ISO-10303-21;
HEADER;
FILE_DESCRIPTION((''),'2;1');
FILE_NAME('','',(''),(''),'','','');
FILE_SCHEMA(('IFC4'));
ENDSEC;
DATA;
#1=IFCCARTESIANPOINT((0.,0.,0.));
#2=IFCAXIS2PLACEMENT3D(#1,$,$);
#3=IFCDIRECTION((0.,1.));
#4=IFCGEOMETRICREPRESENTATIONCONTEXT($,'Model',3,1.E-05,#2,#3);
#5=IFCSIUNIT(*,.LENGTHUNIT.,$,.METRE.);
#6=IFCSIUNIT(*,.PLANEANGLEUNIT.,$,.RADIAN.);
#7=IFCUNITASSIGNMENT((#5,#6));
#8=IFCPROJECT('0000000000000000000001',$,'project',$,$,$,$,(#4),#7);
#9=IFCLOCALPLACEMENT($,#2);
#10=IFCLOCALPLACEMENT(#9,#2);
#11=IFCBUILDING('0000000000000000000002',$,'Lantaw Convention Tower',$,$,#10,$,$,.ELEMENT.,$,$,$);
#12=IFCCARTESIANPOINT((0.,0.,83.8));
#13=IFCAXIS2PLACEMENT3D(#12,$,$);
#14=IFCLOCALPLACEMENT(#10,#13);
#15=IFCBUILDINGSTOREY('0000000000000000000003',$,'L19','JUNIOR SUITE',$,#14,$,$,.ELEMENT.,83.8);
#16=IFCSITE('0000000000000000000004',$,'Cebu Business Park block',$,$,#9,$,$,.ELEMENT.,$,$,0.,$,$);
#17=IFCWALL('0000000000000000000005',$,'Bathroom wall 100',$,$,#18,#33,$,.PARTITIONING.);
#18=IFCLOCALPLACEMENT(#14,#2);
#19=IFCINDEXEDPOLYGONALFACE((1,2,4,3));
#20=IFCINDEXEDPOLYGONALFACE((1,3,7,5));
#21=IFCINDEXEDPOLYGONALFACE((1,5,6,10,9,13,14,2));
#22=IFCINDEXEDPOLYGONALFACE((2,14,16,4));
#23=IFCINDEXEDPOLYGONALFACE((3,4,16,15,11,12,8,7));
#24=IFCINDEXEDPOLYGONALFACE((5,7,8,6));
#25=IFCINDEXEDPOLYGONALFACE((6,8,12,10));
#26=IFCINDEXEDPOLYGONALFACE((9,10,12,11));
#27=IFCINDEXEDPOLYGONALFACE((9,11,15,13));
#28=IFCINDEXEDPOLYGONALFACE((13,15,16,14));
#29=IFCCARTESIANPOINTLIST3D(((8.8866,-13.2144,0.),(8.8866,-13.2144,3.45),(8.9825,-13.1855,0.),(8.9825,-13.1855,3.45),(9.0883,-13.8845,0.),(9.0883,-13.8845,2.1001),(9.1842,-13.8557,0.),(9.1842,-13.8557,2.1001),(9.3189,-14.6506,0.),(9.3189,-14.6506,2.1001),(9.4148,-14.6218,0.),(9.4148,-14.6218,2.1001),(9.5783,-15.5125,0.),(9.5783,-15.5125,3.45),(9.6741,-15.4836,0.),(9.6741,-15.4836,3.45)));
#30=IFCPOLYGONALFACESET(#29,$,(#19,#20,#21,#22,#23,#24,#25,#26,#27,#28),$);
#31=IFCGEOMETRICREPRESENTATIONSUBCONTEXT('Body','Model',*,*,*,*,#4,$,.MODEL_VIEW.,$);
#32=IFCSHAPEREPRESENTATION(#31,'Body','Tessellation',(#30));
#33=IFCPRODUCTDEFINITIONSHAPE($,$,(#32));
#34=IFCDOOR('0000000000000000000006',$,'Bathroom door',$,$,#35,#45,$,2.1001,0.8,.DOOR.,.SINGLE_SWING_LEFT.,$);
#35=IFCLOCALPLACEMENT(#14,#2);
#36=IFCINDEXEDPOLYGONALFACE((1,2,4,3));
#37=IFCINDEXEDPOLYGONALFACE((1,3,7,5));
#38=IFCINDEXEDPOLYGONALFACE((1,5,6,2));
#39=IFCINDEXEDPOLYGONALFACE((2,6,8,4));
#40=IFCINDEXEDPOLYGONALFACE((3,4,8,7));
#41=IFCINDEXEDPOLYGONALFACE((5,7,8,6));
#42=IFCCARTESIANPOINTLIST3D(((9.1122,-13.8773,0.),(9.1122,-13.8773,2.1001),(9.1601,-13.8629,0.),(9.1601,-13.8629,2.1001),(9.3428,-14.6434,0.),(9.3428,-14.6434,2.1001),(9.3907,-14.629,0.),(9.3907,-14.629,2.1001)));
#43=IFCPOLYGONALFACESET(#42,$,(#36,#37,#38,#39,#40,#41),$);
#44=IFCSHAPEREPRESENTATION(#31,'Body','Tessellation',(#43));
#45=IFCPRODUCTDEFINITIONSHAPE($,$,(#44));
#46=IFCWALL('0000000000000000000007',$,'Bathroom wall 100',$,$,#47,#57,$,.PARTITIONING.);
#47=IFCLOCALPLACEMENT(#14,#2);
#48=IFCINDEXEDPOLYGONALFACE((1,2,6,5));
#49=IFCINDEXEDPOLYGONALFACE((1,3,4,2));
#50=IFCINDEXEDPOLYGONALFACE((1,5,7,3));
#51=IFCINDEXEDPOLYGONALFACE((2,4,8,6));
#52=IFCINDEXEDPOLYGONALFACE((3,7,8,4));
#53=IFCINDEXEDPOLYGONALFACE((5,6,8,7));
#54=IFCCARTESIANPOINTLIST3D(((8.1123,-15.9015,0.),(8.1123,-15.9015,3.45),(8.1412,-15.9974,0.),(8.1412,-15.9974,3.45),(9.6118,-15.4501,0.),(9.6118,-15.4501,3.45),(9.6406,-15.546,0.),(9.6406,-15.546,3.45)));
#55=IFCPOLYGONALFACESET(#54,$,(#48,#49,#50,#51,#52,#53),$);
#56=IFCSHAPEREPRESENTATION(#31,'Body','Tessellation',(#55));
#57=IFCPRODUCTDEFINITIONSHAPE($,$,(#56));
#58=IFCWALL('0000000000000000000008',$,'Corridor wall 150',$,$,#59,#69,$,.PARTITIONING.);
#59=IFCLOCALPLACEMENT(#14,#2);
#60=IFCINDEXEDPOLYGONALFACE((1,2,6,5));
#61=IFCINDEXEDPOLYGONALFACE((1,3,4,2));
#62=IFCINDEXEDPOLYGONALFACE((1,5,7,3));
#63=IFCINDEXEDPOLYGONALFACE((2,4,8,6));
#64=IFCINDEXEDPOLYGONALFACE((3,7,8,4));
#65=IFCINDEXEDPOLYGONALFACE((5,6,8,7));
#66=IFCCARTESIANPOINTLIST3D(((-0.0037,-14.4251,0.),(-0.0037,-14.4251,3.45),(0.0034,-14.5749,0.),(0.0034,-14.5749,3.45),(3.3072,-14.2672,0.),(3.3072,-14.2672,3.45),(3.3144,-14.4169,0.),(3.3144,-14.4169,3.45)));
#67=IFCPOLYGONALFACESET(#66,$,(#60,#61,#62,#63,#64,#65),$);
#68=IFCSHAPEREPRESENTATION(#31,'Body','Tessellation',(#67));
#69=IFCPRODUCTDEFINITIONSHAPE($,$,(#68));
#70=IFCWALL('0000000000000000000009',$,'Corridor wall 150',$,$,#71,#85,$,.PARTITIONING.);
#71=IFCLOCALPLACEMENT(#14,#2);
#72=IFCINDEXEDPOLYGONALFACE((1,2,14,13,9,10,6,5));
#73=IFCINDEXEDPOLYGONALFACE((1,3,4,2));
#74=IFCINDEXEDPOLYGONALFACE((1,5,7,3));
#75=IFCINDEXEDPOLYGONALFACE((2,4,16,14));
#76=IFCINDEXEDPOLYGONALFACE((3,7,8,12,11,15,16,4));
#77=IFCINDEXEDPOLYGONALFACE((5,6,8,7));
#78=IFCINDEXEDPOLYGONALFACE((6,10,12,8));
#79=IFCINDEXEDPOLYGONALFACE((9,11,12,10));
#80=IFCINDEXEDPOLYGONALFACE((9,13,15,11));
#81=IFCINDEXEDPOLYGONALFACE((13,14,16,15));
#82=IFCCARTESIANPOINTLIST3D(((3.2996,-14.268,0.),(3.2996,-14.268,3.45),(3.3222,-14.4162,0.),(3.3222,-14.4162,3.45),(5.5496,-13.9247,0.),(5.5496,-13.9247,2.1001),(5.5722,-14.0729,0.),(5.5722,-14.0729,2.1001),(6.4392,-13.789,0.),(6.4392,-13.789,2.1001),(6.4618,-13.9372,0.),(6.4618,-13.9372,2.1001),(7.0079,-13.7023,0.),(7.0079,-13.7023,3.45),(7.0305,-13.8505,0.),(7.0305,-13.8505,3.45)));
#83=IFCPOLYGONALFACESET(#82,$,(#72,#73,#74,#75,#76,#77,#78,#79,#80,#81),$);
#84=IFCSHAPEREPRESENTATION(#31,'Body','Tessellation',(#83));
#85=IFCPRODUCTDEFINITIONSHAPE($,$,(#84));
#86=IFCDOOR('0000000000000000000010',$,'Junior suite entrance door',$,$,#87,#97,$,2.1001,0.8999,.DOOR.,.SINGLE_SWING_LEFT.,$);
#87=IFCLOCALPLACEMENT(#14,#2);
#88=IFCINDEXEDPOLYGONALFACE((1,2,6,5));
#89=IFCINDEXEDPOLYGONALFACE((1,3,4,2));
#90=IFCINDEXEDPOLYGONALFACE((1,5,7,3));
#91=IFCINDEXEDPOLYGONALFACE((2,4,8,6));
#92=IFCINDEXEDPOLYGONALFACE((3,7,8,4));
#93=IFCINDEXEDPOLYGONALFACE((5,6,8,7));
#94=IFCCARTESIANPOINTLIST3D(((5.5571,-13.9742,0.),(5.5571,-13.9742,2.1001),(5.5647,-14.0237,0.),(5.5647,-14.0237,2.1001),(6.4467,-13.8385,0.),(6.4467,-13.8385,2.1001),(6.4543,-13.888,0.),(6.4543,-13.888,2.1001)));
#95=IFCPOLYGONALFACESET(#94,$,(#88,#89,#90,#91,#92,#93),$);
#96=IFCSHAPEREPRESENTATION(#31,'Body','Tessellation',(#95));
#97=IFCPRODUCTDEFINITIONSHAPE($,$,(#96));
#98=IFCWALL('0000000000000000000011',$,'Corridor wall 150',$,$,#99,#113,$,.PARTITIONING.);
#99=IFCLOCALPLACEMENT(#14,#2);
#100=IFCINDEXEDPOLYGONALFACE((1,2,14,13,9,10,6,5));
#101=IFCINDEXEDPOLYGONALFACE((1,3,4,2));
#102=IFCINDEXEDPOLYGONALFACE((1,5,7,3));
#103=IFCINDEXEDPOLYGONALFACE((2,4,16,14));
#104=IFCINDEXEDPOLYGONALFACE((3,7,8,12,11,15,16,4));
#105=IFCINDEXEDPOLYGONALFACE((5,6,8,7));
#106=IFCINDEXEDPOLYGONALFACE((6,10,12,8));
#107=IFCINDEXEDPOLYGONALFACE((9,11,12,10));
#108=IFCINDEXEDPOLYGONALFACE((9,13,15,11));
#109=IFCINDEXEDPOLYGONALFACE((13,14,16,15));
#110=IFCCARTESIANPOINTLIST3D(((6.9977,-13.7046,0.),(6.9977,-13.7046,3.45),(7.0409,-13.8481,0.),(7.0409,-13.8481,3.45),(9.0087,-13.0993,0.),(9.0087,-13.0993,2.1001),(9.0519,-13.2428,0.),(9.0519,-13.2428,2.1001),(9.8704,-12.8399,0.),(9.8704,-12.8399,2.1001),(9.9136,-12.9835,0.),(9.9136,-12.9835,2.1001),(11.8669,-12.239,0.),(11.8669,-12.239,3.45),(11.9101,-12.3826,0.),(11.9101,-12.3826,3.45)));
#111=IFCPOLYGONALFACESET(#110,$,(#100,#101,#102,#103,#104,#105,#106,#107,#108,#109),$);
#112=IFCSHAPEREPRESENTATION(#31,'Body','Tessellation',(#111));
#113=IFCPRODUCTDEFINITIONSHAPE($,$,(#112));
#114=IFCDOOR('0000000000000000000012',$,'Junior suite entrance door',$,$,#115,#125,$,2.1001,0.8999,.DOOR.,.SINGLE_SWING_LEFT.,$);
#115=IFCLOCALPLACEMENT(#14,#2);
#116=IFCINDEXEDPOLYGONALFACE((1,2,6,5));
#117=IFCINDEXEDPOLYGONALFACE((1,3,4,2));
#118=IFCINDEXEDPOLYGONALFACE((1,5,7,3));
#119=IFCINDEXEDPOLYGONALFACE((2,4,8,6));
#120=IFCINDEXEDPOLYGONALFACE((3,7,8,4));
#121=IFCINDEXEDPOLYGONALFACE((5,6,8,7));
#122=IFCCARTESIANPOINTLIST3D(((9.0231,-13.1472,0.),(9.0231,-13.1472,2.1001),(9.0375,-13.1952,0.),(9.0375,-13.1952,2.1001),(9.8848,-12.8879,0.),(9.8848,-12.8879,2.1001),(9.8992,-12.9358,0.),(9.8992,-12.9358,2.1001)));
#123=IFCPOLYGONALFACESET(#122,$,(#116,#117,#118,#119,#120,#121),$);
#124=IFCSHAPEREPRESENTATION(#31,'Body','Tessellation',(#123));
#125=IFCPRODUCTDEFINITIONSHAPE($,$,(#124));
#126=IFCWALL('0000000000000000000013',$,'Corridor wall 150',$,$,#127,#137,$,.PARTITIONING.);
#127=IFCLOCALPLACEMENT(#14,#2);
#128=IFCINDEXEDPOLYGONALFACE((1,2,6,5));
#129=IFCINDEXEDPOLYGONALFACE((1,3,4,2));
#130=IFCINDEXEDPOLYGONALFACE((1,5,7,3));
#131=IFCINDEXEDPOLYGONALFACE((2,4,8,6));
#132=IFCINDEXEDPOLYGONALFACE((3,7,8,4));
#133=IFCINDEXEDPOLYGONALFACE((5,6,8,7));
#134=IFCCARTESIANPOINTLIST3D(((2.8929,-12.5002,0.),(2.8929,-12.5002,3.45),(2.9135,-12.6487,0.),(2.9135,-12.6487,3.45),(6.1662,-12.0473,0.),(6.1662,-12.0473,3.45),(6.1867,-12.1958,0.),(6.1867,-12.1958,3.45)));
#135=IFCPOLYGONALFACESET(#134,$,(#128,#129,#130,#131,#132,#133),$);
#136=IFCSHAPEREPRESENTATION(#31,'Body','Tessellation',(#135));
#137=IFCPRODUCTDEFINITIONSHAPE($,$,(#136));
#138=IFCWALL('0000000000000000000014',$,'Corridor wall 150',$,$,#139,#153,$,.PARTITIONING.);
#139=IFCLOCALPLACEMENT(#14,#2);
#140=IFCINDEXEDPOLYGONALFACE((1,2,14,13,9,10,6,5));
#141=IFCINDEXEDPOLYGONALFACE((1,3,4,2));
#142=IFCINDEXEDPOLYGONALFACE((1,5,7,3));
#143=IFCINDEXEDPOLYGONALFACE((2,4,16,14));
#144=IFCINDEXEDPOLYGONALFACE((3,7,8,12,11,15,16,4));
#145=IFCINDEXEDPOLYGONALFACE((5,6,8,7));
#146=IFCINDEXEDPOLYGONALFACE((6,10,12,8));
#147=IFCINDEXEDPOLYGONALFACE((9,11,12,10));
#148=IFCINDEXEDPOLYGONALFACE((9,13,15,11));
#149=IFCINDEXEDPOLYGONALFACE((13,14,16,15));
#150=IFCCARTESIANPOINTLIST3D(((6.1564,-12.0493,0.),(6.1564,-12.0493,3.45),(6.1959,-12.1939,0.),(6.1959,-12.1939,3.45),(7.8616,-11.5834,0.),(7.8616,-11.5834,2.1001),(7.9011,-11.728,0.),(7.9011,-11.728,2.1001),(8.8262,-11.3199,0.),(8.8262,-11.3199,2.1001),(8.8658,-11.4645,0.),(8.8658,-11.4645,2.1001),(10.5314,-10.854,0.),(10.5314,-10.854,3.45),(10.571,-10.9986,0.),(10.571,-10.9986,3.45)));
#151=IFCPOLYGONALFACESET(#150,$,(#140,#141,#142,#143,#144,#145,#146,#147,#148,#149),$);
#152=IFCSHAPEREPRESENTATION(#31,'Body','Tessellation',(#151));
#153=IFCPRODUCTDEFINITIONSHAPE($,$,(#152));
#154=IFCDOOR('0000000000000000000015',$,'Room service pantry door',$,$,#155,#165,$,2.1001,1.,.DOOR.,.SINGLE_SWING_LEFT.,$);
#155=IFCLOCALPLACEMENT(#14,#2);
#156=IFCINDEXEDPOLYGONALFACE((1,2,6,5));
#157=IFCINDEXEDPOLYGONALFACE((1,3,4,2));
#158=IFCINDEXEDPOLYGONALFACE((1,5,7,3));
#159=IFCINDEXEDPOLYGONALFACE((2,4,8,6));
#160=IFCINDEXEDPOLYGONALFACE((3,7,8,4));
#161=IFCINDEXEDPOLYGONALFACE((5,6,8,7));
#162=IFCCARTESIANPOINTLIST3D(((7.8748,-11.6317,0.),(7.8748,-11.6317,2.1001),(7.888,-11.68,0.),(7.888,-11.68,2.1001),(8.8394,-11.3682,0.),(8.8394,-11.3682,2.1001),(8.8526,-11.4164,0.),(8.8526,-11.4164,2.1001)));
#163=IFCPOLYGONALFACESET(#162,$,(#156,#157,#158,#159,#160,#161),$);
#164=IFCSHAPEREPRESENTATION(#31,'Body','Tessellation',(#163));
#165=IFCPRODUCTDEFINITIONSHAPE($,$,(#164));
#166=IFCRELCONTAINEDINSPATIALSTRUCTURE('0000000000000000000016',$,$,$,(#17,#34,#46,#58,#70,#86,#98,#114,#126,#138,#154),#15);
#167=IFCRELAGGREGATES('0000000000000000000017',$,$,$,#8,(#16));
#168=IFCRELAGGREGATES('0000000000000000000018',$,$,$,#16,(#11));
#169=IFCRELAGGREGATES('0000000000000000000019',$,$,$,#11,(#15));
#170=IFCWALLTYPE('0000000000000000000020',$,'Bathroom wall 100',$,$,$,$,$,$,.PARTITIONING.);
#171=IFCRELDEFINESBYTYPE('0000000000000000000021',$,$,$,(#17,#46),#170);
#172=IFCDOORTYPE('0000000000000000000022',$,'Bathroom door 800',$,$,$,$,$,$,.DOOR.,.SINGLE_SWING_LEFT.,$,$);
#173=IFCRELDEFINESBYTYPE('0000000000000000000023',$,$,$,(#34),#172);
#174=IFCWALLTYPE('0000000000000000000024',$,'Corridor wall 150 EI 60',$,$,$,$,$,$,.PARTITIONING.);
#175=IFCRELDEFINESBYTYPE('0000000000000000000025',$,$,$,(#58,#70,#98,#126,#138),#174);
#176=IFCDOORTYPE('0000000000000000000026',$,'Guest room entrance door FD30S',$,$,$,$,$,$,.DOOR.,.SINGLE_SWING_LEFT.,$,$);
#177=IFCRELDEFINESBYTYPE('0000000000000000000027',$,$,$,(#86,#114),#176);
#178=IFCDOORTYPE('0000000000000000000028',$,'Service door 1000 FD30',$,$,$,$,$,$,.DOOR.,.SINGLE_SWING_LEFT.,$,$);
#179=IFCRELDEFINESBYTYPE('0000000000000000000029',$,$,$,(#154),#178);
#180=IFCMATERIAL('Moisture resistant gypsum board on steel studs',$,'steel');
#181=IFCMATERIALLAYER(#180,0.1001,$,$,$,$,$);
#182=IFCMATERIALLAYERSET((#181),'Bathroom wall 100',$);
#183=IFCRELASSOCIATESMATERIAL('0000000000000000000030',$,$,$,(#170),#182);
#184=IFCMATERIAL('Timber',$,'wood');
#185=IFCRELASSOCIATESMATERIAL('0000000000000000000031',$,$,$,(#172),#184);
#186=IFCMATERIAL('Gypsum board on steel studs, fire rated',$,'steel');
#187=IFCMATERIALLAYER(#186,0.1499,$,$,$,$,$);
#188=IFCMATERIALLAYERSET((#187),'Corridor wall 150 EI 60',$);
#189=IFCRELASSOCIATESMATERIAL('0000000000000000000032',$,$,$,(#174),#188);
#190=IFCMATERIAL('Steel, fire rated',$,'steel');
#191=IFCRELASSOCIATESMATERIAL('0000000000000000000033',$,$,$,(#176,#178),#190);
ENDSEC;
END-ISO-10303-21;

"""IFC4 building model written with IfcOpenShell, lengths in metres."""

from ifc_helpers import new_model, si_unit, direction, frame, frame_2d, origin, place, context, subcontext, project, spatial, rectangle, extrude, material, layer, layer_set, type_object, element, fill, save


model = new_model("IFC4")

# Units and contexts
model_context = context("Model", 3, precision=1e-05, world=origin(), true_north=direction((0.0, 1.0)))
body_context = subcontext(model_context, "Body", "Model", "MODEL_VIEW")
ifc_project = project(units=[si_unit("LENGTHUNIT", "METRE"), si_unit("PLANEANGLEUNIT", "RADIAN")], contexts=[model_context])

# Site, building, storey
site_placement = place(None, origin())
site = spatial("IfcSite", under=ifc_project, at=site_placement, Name="Cebu Business Park block", CompositionType="ELEMENT", RefElevation=0.0)
building_placement = place(site_placement, origin())
building = spatial("IfcBuilding", under=site, at=building_placement, Name="Lantaw Convention Tower", CompositionType="ELEMENT")
storey_placement = place(building_placement, frame((0.0, 0.0, 83.8)))
storey = spatial("IfcBuildingStorey", under=building, at=storey_placement, Name="L19", Description="JUNIOR SUITE", CompositionType="ELEMENT", Elevation=83.8)

# Shared definitions
ifc_material_1 = material(Name="Moisture resistant gypsum board on steel studs", Category="steel")
ifc_layer_1 = layer(ifc_material_1, 0.1001)
ifc_layer_set_1 = layer_set([ifc_layer_1], Name="Bathroom wall 100")
wall_type_1 = type_object("IfcWallType", Name="Bathroom wall 100", PredefinedType="PARTITIONING", material=ifc_layer_set_1)
ifc_material_2 = material(Name="Timber", Category="wood")
door_type_1 = type_object("IfcDoorType", Name="Bathroom door 800", OperationType="SINGLE_SWING_LEFT", PredefinedType="DOOR", material=ifc_material_2)

# Wall, opening, door
wall_1_placement = place(storey_placement, frame((8.9346, -13.2, 0.0), z_axis=(0.0, 0.0, 1.0), x_axis=(0.288197, -0.957571, 0.0)))
wall_1 = element("IfcWall", 1, at=wall_1_placement, inside=storey, type_object=wall_type_1, Name="Bathroom wall 100", PredefinedType="PARTITIONING", context=body_context, shape_type="SweptSolid", body=[
    extrude(rectangle(XDim=2.3999, YDim=0.1001, at=frame_2d((1.2, 0.0))), origin(), (0.0, 0.0, 1.0), 3.45),
])
opening_1_placement = place(wall_1_placement, frame((0.7, 0.0, 0.0)))
opening_1 = element("IfcOpeningElement", 2, at=opening_1_placement, cuts=wall_1, PredefinedType="OPENING", context=body_context, shape_type="SweptSolid", body=[
    extrude(rectangle(XDim=0.8, YDim=2.1001, at=frame_2d((0.3999, 1.05))), frame((0.0, 0.0601, 0.0), z_axis=(0.0, -1.0, 0.0), x_axis=(1.0, 0.0, 0.0)), (0.0, 0.0, 1.0), 0.1201),
])
door_1_placement = place(opening_1_placement, origin())
door_1 = element("IfcDoor", 3, at=door_1_placement, inside=storey, type_object=door_type_1, Name="Bathroom door", OperationType="SINGLE_SWING_LEFT", OverallHeight=2.1001, OverallWidth=0.8, PredefinedType="DOOR", context=body_context, shape_type="SweptSolid", body=[
    extrude(rectangle(XDim=0.8, YDim=2.1001, at=frame_2d((0.3999, 1.05))), frame((0.0, 0.0249, 0.0), z_axis=(0.0, -1.0, 0.0), x_axis=(1.0, 0.0, 0.0)), (0.0, 0.0, 1.0), 0.05),
])
fill(opening_1, door_1)

# Walls
wall_2_placement = place(storey_placement, frame((9.6262, -15.498, 0.0), z_axis=(0.0, 0.0, 1.0), x_axis=(-0.957551, -0.288263, 0.0)))
element("IfcWall", 4, at=wall_2_placement, inside=storey, type_object=wall_type_1, Name="Bathroom wall 100", PredefinedType="PARTITIONING", context=body_context, shape_type="SweptSolid", body=[
    extrude(rectangle(XDim=1.5659, YDim=0.1001, at=frame_2d((0.783, 0.0))), origin(), (0.0, 0.0, 1.0), 3.45),
])
ifc_material_3 = material(Name="Gypsum board on steel studs, fire rated", Category="steel")
ifc_layer_2 = layer(ifc_material_3, 0.1499)
ifc_layer_set_2 = layer_set([ifc_layer_2], Name="Corridor wall 150 EI 60")
wall_type_2 = type_object("IfcWallType", Name="Corridor wall 150 EI 60", PredefinedType="PARTITIONING", material=ifc_layer_set_2)
wall_3_placement = place(storey_placement, frame((0.0, -14.5, 0.0), z_axis=(0.0, 0.0, 1.0), x_axis=(0.998864, 0.047653, 0.0)))
element("IfcWall", 5, at=wall_3_placement, inside=storey, type_object=wall_type_2, Name="Corridor wall 150", PredefinedType="PARTITIONING", context=body_context, shape_type="SweptSolid", body=[
    extrude(rectangle(XDim=3.3147, YDim=0.1499, at=frame_2d((1.6572, 0.0))), origin(), (0.0, 0.0, 1.0), 3.45),
])

# Walls, openings, doors
wall_4_placement = place(storey_placement, frame((3.311, -14.342, 0.0), z_axis=(0.0, 0.0, 1.0), x_axis=(0.988564, 0.1508, 0.0)))
wall_4 = element("IfcWall", 6, at=wall_4_placement, inside=storey, type_object=wall_type_2, Name="Corridor wall 150", PredefinedType="PARTITIONING", context=body_context, shape_type="SweptSolid", body=[
    extrude(rectangle(XDim=3.7512, YDim=0.1499, at=frame_2d((1.8755, 0.0))), origin(), (0.0, 0.0, 1.0), 3.45),
])
opening_2_placement = place(wall_4_placement, frame((2.2759, 0.0, 0.0)))
opening_2 = element("IfcOpeningElement", 7, at=opening_2_placement, cuts=wall_4, PredefinedType="OPENING", context=body_context, shape_type="SweptSolid", body=[
    extrude(rectangle(XDim=0.8999, YDim=2.1001, at=frame_2d((0.45, 1.05))), frame((0.0, 0.085, 0.0), z_axis=(0.0, -1.0, 0.0), x_axis=(1.0, 0.0, 0.0)), (0.0, 0.0, 1.0), 0.1699),
])
ifc_material_4 = material(Name="Steel, fire rated", Category="steel")
door_type_2 = type_object("IfcDoorType", Name="Guest room entrance door FD30S", OperationType="SINGLE_SWING_LEFT", PredefinedType="DOOR", material=ifc_material_4)
door_2_placement = place(opening_2_placement, origin())
door_2 = element("IfcDoor", 8, at=door_2_placement, inside=storey, type_object=door_type_2, Name="Junior suite entrance door", OperationType="SINGLE_SWING_LEFT", OverallHeight=2.1001, OverallWidth=0.8999, PredefinedType="DOOR", context=body_context, shape_type="SweptSolid", body=[
    extrude(rectangle(XDim=0.8999, YDim=2.1001, at=frame_2d((0.45, 1.05))), frame((0.0, 0.0249, 0.0), z_axis=(0.0, -1.0, 0.0), x_axis=(1.0, 0.0, 0.0)), (0.0, 0.0, 1.0), 0.05),
])
fill(opening_2, door_2)
wall_5_placement = place(storey_placement, frame((7.0193, -13.7764, 0.0), z_axis=(0.0, 0.0, 1.0), x_axis=(0.957564, 0.28822, 0.0)))
wall_5 = element("IfcWall", 9, at=wall_5_placement, inside=storey, type_object=wall_type_2, Name="Corridor wall 150", PredefinedType="PARTITIONING", context=body_context, shape_type="SweptSolid", body=[
    extrude(rectangle(XDim=5.085, YDim=0.1499, at=frame_2d((2.5425, 0.0))), origin(), (0.0, 0.0, 1.0), 3.45),
])
opening_3_placement = place(wall_5_placement, frame((2.1001, 0.0, 0.0)))
opening_3 = element("IfcOpeningElement", 10, at=opening_3_placement, cuts=wall_5, PredefinedType="OPENING", context=body_context, shape_type="SweptSolid", body=[
    extrude(rectangle(XDim=0.8999, YDim=2.1001, at=frame_2d((0.45, 1.05))), frame((0.0, 0.085, 0.0), z_axis=(0.0, -1.0, 0.0), x_axis=(1.0, 0.0, 0.0)), (0.0, 0.0, 1.0), 0.1699),
])
door_3_placement = place(opening_3_placement, origin())
door_3 = element("IfcDoor", 11, at=door_3_placement, inside=storey, type_object=door_type_2, Name="Junior suite entrance door", OperationType="SINGLE_SWING_LEFT", OverallHeight=2.1001, OverallWidth=0.8999, PredefinedType="DOOR", context=body_context, shape_type="SweptSolid", body=[
    extrude(rectangle(XDim=0.8999, YDim=2.1001, at=frame_2d((0.45, 1.05))), frame((0.0, 0.0249, 0.0), z_axis=(0.0, -1.0, 0.0), x_axis=(1.0, 0.0, 0.0)), (0.0, 0.0, 1.0), 0.05),
])
fill(opening_3, door_3)

# Wall
wall_6_placement = place(storey_placement, frame((2.9031, -12.5745, 0.0), z_axis=(0.0, 0.0, 1.0), x_axis=(0.990563, 0.137055, 0.0)))
element("IfcWall", 12, at=wall_6_placement, inside=storey, type_object=wall_type_2, Name="Corridor wall 150", PredefinedType="PARTITIONING", context=body_context, shape_type="SweptSolid", body=[
    extrude(rectangle(XDim=3.3044, YDim=0.1499, at=frame_2d((1.6523, 0.0))), origin(), (0.0, 0.0, 1.0), 3.45),
])

# Wall, opening, door
wall_7_placement = place(storey_placement, frame((6.1763, -12.1216, 0.0), z_axis=(0.0, 0.0, 1.0), x_axis=(0.964644, 0.263555, 0.0)))
wall_7 = element("IfcWall", 13, at=wall_7_placement, inside=storey, type_object=wall_type_2, Name="Corridor wall 150", PredefinedType="PARTITIONING", context=body_context, shape_type="SweptSolid", body=[
    extrude(rectangle(XDim=4.5354, YDim=0.1499, at=frame_2d((2.2676, 0.0))), origin(), (0.0, 0.0, 1.0), 3.45),
])
opening_4_placement = place(wall_7_placement, frame((1.7676, 0.0, 0.0)))
opening_4 = element("IfcOpeningElement", 14, at=opening_4_placement, cuts=wall_7, PredefinedType="OPENING", context=body_context, shape_type="SweptSolid", body=[
    extrude(rectangle(XDim=1.0, YDim=2.1001, at=frame_2d((0.5, 1.05))), frame((0.0, 0.085, 0.0), z_axis=(0.0, -1.0, 0.0), x_axis=(1.0, 0.0, 0.0)), (0.0, 0.0, 1.0), 0.1699),
])
door_type_3 = type_object("IfcDoorType", Name="Service door 1000 FD30", OperationType="SINGLE_SWING_LEFT", PredefinedType="DOOR", material=ifc_material_4)
door_4_placement = place(opening_4_placement, origin())
door_4 = element("IfcDoor", 15, at=door_4_placement, inside=storey, type_object=door_type_3, Name="Room service pantry door", OperationType="SINGLE_SWING_LEFT", OverallHeight=2.1001, OverallWidth=1.0, PredefinedType="DOOR", context=body_context, shape_type="SweptSolid", body=[
    extrude(rectangle(XDim=1.0, YDim=2.1001, at=frame_2d((0.5, 1.05))), frame((0.0, 0.0249, 0.0), z_axis=(0.0, -1.0, 0.0), x_axis=(1.0, 0.0, 0.0)), (0.0, 0.0, 1.0), 0.05),
])
fill(opening_4, door_4)

save(model, "model.ifc")
